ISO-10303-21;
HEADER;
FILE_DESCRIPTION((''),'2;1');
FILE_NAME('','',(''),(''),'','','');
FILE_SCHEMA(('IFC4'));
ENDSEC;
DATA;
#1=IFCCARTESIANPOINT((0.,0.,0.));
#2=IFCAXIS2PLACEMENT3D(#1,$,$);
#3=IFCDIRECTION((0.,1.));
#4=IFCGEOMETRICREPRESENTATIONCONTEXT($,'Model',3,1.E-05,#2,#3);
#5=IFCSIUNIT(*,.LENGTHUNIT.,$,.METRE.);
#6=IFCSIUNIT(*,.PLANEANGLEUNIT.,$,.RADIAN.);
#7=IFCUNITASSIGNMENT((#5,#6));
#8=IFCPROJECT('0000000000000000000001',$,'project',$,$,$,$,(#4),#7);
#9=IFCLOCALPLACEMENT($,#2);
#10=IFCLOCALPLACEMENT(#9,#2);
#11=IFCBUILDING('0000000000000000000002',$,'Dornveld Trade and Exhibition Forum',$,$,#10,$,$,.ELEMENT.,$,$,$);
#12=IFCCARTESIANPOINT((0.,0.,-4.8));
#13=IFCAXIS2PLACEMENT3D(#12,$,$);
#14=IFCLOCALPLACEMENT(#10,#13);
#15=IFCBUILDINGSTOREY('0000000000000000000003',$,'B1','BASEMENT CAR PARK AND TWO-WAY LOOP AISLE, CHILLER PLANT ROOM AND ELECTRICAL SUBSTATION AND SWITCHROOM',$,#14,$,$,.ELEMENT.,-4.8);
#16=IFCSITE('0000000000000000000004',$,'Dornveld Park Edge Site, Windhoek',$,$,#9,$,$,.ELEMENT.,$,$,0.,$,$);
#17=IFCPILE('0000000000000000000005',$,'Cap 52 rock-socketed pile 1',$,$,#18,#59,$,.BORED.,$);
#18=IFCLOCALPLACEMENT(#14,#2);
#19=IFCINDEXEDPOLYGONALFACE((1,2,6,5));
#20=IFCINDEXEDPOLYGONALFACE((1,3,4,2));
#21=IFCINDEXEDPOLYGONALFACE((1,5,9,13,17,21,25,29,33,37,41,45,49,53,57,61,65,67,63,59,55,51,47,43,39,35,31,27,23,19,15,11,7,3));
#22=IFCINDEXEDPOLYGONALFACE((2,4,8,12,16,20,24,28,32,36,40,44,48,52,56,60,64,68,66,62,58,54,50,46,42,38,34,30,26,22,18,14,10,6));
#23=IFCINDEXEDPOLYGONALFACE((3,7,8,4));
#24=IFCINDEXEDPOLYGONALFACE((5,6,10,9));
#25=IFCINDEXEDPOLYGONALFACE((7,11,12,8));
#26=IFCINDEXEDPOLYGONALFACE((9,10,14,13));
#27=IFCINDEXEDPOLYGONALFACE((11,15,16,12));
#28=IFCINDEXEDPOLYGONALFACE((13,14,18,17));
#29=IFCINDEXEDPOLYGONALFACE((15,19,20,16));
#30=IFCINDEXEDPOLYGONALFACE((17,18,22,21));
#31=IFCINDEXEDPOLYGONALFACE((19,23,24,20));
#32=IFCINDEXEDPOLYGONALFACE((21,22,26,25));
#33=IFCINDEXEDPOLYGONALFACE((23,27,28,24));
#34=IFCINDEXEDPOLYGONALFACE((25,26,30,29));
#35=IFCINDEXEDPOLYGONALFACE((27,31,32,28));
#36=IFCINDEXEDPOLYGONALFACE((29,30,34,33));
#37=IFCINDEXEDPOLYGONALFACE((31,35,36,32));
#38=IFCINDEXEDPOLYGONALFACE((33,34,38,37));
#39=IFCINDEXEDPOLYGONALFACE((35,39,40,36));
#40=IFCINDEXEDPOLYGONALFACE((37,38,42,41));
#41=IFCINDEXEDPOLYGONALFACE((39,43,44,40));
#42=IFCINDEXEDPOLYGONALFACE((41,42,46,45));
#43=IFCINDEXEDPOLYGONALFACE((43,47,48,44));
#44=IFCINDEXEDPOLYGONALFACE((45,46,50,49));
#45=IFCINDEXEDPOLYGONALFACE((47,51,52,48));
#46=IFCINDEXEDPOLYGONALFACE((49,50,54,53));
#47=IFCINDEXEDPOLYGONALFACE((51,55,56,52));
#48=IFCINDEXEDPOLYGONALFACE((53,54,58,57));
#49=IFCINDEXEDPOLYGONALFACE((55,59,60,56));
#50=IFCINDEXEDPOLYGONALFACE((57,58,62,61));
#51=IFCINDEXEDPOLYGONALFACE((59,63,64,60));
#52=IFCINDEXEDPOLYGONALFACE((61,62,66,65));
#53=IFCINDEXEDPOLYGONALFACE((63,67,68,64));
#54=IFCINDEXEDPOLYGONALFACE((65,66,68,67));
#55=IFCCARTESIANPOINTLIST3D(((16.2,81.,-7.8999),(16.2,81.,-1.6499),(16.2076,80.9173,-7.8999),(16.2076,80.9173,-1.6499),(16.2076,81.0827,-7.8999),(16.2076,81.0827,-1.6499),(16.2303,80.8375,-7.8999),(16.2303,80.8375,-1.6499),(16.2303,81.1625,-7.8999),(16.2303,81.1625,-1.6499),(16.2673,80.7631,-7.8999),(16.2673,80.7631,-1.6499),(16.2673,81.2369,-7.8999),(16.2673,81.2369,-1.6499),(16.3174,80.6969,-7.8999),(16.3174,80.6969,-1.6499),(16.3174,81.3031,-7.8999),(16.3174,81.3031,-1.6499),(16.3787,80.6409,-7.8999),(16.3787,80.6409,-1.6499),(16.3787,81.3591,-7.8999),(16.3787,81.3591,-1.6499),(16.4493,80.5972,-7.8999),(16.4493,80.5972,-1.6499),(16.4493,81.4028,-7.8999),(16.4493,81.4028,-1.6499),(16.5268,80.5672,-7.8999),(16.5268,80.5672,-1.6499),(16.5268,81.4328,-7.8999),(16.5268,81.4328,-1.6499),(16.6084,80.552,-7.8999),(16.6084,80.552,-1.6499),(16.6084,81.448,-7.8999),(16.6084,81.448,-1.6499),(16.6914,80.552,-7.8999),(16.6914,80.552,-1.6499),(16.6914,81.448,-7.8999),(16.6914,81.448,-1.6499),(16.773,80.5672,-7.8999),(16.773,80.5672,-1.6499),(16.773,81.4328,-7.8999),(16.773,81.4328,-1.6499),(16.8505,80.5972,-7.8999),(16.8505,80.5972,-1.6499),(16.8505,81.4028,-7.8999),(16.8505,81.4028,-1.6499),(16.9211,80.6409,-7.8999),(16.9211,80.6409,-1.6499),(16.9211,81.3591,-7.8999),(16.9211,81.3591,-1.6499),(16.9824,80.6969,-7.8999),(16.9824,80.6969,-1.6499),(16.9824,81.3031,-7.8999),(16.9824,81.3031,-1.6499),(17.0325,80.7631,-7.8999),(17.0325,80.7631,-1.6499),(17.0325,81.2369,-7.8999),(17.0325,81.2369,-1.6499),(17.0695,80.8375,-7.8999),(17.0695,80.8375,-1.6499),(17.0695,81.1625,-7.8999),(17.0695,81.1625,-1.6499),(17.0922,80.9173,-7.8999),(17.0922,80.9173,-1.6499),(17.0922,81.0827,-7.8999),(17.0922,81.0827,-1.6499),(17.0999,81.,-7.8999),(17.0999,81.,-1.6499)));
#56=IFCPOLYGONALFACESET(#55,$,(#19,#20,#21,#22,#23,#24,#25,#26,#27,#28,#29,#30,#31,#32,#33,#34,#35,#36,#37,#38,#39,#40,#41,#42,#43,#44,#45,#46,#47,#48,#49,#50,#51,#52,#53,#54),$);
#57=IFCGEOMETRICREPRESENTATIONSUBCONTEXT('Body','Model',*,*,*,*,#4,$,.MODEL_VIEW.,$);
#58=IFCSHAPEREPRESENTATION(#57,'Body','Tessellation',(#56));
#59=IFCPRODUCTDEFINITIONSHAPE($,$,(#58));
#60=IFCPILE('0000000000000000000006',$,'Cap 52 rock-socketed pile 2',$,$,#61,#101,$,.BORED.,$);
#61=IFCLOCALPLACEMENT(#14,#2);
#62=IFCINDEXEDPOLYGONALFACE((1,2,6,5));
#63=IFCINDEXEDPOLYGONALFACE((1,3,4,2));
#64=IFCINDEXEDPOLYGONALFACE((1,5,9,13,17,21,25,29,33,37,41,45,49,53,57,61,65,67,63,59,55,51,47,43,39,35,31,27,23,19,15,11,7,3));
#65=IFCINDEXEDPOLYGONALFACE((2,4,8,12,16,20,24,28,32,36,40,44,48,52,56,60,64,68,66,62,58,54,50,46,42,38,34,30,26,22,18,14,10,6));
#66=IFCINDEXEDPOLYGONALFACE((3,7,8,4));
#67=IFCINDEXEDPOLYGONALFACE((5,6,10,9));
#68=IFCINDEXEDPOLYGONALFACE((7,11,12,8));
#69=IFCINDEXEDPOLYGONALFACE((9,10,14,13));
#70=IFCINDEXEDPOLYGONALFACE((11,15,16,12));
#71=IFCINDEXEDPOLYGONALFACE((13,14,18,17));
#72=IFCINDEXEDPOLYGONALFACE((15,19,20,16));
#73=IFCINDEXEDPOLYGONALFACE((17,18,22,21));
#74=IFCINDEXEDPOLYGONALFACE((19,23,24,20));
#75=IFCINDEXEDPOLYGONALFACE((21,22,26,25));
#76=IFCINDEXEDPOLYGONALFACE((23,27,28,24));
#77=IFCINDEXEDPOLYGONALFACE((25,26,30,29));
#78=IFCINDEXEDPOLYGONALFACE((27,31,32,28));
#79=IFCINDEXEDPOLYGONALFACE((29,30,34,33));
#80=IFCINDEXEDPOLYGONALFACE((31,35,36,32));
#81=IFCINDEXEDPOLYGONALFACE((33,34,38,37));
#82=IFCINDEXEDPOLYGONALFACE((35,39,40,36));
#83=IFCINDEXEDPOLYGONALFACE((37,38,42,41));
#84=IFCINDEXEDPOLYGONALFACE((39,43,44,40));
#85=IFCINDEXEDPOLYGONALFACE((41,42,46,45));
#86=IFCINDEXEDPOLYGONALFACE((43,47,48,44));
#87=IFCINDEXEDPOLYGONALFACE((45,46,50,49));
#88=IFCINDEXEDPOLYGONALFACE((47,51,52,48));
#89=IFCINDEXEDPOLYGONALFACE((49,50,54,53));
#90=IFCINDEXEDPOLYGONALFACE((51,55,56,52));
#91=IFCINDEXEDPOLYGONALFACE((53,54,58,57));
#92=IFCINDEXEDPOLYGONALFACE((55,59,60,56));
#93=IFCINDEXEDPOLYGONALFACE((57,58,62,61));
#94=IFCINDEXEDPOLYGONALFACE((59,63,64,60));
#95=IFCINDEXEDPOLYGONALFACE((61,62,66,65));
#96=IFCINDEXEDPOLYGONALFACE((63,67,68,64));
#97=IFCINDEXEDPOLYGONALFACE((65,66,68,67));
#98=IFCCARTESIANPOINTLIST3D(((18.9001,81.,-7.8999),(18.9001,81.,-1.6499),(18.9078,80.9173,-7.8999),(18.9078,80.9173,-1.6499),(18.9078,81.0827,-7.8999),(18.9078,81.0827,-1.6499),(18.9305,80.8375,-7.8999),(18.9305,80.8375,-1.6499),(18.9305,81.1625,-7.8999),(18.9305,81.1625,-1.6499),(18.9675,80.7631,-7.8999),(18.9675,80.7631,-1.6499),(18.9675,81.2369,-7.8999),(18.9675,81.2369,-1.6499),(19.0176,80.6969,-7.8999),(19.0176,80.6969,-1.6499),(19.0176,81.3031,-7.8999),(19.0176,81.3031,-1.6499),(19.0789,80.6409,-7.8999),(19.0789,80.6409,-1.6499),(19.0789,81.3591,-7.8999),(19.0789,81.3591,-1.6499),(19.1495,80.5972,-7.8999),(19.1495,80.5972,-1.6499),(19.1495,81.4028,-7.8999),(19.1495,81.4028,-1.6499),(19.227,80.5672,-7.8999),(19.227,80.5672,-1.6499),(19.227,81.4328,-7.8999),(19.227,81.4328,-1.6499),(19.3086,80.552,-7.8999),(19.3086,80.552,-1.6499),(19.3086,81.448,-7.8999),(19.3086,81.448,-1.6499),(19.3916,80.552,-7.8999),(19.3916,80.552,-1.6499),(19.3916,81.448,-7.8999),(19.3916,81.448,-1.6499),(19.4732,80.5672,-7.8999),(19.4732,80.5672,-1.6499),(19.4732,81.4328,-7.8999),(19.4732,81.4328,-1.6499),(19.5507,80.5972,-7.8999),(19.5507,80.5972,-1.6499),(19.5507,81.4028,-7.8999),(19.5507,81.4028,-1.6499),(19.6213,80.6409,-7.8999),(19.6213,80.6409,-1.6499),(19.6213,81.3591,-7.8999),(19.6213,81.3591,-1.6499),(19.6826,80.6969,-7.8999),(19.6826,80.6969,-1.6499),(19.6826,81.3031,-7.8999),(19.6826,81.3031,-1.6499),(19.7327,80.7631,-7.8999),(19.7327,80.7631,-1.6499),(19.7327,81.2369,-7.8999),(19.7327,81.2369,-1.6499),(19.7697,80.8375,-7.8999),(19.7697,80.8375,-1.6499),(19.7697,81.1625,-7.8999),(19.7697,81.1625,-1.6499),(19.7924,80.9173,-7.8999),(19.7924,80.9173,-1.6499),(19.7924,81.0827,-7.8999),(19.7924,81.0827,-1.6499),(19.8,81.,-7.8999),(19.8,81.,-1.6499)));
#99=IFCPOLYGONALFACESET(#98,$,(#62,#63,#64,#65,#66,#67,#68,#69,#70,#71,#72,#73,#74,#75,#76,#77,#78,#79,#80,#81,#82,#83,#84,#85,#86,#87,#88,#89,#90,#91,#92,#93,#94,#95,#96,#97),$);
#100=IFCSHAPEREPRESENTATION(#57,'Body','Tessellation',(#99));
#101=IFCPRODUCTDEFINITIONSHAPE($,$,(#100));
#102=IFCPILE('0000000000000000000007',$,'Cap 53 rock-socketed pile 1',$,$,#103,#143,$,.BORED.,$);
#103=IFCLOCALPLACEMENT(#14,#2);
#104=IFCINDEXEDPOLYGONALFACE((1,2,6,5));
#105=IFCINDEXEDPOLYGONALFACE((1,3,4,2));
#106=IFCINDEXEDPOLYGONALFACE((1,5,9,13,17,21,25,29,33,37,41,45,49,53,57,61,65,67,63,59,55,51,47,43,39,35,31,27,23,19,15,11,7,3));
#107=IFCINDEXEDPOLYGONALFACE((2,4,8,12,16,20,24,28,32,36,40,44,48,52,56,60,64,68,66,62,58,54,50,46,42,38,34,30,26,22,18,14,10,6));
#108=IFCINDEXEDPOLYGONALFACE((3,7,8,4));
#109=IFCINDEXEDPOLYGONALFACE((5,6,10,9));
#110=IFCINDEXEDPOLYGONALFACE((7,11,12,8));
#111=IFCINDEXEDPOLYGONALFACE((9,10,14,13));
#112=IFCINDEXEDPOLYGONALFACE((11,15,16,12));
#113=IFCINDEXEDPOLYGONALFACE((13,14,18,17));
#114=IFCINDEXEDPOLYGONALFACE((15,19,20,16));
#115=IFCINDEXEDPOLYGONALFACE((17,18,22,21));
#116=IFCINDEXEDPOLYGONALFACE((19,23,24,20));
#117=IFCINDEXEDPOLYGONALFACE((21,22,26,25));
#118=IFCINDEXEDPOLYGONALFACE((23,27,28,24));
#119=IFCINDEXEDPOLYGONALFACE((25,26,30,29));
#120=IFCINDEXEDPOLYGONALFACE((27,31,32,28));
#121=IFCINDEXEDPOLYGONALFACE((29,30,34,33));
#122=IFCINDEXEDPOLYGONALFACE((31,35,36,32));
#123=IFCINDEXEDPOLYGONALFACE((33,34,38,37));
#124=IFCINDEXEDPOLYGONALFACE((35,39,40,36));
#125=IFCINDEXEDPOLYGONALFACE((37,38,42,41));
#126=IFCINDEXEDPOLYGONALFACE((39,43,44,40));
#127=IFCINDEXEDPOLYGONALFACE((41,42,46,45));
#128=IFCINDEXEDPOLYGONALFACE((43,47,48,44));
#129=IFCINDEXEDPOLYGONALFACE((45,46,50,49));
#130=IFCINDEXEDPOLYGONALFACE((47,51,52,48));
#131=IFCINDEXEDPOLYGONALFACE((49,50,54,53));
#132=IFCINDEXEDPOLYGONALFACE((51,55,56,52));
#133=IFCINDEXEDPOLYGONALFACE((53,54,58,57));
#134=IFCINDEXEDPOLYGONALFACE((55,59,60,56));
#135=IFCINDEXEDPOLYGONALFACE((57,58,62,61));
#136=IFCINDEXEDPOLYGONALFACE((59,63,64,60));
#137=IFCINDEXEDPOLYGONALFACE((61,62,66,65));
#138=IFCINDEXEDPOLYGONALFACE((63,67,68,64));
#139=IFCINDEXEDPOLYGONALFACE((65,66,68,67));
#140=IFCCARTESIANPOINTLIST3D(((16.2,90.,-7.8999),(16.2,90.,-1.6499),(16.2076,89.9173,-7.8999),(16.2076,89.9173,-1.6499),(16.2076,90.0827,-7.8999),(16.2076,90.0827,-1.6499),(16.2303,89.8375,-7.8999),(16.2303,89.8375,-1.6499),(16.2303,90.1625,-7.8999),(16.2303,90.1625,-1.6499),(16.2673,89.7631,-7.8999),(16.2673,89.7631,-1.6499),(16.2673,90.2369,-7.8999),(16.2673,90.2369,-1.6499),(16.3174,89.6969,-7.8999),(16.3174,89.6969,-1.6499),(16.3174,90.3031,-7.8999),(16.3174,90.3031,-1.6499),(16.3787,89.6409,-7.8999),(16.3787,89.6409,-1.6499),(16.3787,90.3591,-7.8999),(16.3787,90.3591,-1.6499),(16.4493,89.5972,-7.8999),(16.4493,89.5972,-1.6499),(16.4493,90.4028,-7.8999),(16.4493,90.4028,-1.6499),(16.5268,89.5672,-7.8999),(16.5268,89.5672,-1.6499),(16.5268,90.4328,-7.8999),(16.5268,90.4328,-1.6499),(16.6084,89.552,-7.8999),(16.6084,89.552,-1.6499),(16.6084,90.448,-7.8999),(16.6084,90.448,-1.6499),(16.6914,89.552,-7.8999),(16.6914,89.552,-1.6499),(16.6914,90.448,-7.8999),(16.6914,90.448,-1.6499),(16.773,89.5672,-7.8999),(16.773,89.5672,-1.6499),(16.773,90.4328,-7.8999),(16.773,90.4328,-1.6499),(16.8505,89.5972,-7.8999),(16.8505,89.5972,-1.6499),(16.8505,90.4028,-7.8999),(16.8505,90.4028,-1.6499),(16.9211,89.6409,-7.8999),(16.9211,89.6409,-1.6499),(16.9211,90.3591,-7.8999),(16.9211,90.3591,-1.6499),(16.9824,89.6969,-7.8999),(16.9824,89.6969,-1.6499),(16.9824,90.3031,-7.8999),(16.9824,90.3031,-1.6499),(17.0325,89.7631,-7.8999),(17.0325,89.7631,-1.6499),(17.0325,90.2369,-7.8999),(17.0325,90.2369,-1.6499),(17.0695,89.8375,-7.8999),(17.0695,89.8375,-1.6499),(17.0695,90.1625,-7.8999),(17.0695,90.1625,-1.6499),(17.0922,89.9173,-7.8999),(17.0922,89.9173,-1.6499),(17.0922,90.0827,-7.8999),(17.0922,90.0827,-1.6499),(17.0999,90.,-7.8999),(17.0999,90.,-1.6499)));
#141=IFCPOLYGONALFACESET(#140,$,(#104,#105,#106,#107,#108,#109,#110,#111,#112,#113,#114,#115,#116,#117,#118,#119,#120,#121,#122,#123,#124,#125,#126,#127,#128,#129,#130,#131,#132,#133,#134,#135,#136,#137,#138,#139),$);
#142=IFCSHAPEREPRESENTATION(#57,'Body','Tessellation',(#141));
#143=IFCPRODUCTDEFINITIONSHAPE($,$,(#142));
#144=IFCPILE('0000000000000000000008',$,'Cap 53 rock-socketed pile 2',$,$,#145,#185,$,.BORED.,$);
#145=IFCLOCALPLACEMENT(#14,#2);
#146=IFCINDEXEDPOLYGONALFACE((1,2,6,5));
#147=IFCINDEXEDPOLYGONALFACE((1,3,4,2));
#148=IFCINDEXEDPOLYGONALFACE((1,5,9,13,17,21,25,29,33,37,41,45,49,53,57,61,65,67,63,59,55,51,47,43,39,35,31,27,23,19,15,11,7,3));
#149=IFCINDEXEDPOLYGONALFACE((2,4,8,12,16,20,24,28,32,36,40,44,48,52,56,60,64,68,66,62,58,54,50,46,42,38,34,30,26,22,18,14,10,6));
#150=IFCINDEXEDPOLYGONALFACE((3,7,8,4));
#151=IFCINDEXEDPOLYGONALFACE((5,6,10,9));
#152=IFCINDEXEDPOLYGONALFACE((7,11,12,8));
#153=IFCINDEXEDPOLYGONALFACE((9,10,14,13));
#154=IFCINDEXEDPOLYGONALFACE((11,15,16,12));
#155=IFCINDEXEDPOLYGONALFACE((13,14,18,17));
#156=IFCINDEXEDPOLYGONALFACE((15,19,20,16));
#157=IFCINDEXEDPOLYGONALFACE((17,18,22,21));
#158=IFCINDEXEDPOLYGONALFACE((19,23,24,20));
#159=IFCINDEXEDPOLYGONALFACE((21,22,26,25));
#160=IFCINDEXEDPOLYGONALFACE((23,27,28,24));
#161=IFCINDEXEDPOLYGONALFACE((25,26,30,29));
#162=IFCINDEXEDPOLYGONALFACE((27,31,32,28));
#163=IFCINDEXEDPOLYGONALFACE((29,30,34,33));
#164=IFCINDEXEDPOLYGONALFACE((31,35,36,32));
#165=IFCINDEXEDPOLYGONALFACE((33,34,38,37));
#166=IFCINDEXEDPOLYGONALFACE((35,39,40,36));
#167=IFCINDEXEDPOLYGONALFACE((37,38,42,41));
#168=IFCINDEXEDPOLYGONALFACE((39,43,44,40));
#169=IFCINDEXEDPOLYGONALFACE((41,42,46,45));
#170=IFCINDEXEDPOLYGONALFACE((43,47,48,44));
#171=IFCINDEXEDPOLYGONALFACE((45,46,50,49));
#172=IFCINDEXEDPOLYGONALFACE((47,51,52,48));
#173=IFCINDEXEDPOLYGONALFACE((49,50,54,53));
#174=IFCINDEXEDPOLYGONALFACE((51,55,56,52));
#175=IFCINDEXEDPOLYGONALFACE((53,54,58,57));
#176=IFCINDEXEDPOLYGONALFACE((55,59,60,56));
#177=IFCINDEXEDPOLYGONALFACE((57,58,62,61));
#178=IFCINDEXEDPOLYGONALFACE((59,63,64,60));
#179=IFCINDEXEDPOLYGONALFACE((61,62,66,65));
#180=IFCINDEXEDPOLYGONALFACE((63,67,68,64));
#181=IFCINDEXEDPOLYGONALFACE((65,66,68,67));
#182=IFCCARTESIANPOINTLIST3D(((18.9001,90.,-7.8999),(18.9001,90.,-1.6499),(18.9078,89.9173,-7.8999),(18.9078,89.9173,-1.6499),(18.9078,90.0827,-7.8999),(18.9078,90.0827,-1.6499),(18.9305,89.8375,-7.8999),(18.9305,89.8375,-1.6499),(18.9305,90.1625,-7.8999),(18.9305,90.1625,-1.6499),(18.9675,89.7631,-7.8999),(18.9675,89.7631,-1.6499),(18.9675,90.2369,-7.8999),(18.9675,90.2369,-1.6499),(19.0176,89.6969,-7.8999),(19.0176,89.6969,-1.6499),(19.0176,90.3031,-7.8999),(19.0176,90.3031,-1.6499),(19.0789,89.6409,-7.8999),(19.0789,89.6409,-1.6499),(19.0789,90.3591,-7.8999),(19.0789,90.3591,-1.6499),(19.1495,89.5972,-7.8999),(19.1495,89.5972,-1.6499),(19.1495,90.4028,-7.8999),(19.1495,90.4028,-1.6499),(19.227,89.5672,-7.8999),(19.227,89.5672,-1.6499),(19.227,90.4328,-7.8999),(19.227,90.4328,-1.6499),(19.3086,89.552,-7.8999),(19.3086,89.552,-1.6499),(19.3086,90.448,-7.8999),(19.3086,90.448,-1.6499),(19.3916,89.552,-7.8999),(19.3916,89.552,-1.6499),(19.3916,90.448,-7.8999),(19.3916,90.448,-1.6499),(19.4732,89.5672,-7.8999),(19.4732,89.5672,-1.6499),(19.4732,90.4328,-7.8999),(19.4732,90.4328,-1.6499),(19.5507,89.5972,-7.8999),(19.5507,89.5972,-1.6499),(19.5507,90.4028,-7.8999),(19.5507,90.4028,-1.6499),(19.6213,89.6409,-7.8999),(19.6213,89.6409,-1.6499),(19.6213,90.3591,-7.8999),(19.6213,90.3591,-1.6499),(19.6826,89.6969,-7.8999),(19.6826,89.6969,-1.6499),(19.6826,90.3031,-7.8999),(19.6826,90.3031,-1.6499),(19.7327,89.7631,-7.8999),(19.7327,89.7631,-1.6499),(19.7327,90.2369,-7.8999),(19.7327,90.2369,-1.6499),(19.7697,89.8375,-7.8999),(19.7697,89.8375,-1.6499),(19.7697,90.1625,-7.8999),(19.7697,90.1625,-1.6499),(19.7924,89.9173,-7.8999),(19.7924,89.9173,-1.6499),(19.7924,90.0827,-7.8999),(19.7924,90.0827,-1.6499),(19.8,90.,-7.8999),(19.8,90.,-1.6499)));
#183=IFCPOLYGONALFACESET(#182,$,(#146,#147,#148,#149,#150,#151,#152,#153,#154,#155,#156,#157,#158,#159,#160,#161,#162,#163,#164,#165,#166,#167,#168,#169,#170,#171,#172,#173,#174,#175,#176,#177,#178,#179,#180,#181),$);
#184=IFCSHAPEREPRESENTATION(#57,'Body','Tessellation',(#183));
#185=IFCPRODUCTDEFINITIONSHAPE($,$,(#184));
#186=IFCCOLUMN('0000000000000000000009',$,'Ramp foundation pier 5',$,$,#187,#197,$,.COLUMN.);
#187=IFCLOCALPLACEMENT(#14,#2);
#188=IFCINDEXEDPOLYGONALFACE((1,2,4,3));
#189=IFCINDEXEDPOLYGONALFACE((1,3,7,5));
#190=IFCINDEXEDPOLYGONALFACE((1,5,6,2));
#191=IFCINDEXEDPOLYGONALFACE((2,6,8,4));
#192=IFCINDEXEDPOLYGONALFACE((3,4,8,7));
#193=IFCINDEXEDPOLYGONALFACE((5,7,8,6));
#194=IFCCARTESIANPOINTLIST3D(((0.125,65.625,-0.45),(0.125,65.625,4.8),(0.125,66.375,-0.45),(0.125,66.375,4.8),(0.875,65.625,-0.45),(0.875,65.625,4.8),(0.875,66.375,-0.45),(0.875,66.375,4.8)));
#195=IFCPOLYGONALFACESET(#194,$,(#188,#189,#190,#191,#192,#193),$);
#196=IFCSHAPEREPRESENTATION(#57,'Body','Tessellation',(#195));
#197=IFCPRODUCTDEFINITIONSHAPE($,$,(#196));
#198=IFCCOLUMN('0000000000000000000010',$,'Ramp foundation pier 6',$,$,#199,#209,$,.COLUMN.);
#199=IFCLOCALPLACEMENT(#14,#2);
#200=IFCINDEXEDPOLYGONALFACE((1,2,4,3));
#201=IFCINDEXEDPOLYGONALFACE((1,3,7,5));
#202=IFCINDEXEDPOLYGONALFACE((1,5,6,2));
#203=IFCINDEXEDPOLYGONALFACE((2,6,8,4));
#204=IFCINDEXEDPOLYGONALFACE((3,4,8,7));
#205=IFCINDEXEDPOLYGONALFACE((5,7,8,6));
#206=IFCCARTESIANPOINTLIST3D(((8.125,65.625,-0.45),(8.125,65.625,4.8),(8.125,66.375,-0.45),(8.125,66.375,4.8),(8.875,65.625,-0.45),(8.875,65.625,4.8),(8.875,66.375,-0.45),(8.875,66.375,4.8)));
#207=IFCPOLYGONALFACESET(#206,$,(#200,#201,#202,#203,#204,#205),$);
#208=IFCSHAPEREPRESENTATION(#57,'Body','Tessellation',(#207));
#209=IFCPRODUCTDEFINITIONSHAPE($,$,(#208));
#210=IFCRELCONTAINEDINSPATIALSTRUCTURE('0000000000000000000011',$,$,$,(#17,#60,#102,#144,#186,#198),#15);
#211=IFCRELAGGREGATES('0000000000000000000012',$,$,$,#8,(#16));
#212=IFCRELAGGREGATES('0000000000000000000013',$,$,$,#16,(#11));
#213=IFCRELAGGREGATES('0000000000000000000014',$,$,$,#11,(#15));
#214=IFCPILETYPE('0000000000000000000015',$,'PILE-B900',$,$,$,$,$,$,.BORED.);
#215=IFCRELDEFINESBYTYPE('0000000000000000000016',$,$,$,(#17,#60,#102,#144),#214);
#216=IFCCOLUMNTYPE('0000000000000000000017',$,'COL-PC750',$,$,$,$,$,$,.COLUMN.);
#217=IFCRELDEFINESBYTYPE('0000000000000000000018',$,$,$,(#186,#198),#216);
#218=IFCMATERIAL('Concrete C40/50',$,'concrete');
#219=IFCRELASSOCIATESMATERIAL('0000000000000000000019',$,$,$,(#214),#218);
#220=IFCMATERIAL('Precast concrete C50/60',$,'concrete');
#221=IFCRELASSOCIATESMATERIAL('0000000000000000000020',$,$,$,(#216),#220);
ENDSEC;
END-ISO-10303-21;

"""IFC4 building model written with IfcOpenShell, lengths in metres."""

from ifc_helpers import new_model, si_unit, direction, frame, origin, origin_2d, place, context, subcontext, project, spatial, rectangle, circle, extrude, material, material_profile, profile_set, type_object, element, save


model = new_model("IFC4")

# Units and contexts
model_context = context("Model", 3, precision=1e-05, world=origin(), true_north=direction((0.0, 1.0)))
body_context = subcontext(model_context, "Body", "Model", "MODEL_VIEW")
ifc_project = project(units=[si_unit("LENGTHUNIT", "METRE"), si_unit("PLANEANGLEUNIT", "RADIAN")], contexts=[model_context])

# Site, building, storey
site_placement = place(None, origin())
site = spatial("IfcSite", under=ifc_project, at=site_placement, Name="Dornveld Park Edge Site, Windhoek", CompositionType="ELEMENT", RefElevation=0.0)
building_placement = place(site_placement, origin())
building = spatial("IfcBuilding", under=site, at=building_placement, Name="Dornveld Trade and Exhibition Forum", CompositionType="ELEMENT")
storey_placement = place(building_placement, frame((0.0, 0.0, -4.8)))
storey = spatial("IfcBuildingStorey", under=building, at=storey_placement, Name="B1", Description="BASEMENT CAR PARK AND TWO-WAY LOOP AISLE, CHILLER PLANT ROOM AND ELECTRICAL SUBSTATION AND SWITCHROOM", CompositionType="ELEMENT", Elevation=-4.8)

# Piles
ifc_material_1 = material(Name="Concrete C40/50", Category="concrete")
ifc_material_profile_1 = material_profile(ifc_material_1, circle(Radius=0.45, at=origin_2d()), Name="PILE D900")
ifc_profile_set_1 = profile_set([ifc_material_profile_1], Name="Concrete C40/50")
pile_type = type_object("IfcPileType", Name="PILE-B900", PredefinedType="BORED", material=ifc_profile_set_1)
for number, where, z_axis, x_axis, name in (
    (1, (16.6499, 81.0, -1.6499), (0.0, 0.0, -1.0), (1.0, 0.0, 0.0), "Cap 52 rock-socketed pile 1"),
    (2, (19.3501, 81.0, -1.6499), (0.0, 0.0, -1.0), (1.0, 0.0, 0.0), "Cap 52 rock-socketed pile 2"),
    (3, (16.6499, 90.0, -1.6499), (0.0, 0.0, -1.0), (1.0, 0.0, 0.0), "Cap 53 rock-socketed pile 1"),
    (4, (19.3501, 90.0, -1.6499), (0.0, 0.0, -1.0), (1.0, 0.0, 0.0), "Cap 53 rock-socketed pile 2"),
):
    element("IfcPile", number, at=place(storey_placement, frame(where, z_axis=z_axis, x_axis=x_axis)), inside=storey, type_object=pile_type, Name=name, PredefinedType="BORED", context=body_context, shape_type="SweptSolid", body=[
        extrude(circle(Radius=0.45, at=origin_2d()), origin(), (0.0, 0.0, 1.0), 6.25),
    ])

# Columns
ifc_material_2 = material(Name="Precast concrete C50/60", Category="concrete")
ifc_material_profile_2 = material_profile(ifc_material_2, rectangle(XDim=0.75, YDim=0.75, at=origin_2d()), Name="PC-COL 750x750")
ifc_profile_set_2 = profile_set([ifc_material_profile_2], Name="Precast concrete C50/60")
column_type_1 = type_object("IfcColumnType", Name="COL-PC750", PredefinedType="COLUMN", material=ifc_profile_set_2)
for number, where, z_axis, x_axis, name in (
    (5, (0.5, 66.0, -0.45), (0.0, 0.0, 1.0), (1.0, 0.0, 0.0), "Ramp foundation pier 5"),
    (6, (8.5, 66.0, -0.45), (0.0, 0.0, 1.0), (1.0, 0.0, 0.0), "Ramp foundation pier 6"),
):
    element("IfcColumn", number, at=place(storey_placement, frame(where, z_axis=z_axis, x_axis=x_axis)), inside=storey, type_object=column_type_1, Name=name, PredefinedType="COLUMN", context=body_context, shape_type="SweptSolid", body=[
        extrude(rectangle(XDim=0.75, YDim=0.75, at=origin_2d()), origin(), (0.0, 0.0, 1.0), 5.25),
    ])

save(model, "model.ifc")
